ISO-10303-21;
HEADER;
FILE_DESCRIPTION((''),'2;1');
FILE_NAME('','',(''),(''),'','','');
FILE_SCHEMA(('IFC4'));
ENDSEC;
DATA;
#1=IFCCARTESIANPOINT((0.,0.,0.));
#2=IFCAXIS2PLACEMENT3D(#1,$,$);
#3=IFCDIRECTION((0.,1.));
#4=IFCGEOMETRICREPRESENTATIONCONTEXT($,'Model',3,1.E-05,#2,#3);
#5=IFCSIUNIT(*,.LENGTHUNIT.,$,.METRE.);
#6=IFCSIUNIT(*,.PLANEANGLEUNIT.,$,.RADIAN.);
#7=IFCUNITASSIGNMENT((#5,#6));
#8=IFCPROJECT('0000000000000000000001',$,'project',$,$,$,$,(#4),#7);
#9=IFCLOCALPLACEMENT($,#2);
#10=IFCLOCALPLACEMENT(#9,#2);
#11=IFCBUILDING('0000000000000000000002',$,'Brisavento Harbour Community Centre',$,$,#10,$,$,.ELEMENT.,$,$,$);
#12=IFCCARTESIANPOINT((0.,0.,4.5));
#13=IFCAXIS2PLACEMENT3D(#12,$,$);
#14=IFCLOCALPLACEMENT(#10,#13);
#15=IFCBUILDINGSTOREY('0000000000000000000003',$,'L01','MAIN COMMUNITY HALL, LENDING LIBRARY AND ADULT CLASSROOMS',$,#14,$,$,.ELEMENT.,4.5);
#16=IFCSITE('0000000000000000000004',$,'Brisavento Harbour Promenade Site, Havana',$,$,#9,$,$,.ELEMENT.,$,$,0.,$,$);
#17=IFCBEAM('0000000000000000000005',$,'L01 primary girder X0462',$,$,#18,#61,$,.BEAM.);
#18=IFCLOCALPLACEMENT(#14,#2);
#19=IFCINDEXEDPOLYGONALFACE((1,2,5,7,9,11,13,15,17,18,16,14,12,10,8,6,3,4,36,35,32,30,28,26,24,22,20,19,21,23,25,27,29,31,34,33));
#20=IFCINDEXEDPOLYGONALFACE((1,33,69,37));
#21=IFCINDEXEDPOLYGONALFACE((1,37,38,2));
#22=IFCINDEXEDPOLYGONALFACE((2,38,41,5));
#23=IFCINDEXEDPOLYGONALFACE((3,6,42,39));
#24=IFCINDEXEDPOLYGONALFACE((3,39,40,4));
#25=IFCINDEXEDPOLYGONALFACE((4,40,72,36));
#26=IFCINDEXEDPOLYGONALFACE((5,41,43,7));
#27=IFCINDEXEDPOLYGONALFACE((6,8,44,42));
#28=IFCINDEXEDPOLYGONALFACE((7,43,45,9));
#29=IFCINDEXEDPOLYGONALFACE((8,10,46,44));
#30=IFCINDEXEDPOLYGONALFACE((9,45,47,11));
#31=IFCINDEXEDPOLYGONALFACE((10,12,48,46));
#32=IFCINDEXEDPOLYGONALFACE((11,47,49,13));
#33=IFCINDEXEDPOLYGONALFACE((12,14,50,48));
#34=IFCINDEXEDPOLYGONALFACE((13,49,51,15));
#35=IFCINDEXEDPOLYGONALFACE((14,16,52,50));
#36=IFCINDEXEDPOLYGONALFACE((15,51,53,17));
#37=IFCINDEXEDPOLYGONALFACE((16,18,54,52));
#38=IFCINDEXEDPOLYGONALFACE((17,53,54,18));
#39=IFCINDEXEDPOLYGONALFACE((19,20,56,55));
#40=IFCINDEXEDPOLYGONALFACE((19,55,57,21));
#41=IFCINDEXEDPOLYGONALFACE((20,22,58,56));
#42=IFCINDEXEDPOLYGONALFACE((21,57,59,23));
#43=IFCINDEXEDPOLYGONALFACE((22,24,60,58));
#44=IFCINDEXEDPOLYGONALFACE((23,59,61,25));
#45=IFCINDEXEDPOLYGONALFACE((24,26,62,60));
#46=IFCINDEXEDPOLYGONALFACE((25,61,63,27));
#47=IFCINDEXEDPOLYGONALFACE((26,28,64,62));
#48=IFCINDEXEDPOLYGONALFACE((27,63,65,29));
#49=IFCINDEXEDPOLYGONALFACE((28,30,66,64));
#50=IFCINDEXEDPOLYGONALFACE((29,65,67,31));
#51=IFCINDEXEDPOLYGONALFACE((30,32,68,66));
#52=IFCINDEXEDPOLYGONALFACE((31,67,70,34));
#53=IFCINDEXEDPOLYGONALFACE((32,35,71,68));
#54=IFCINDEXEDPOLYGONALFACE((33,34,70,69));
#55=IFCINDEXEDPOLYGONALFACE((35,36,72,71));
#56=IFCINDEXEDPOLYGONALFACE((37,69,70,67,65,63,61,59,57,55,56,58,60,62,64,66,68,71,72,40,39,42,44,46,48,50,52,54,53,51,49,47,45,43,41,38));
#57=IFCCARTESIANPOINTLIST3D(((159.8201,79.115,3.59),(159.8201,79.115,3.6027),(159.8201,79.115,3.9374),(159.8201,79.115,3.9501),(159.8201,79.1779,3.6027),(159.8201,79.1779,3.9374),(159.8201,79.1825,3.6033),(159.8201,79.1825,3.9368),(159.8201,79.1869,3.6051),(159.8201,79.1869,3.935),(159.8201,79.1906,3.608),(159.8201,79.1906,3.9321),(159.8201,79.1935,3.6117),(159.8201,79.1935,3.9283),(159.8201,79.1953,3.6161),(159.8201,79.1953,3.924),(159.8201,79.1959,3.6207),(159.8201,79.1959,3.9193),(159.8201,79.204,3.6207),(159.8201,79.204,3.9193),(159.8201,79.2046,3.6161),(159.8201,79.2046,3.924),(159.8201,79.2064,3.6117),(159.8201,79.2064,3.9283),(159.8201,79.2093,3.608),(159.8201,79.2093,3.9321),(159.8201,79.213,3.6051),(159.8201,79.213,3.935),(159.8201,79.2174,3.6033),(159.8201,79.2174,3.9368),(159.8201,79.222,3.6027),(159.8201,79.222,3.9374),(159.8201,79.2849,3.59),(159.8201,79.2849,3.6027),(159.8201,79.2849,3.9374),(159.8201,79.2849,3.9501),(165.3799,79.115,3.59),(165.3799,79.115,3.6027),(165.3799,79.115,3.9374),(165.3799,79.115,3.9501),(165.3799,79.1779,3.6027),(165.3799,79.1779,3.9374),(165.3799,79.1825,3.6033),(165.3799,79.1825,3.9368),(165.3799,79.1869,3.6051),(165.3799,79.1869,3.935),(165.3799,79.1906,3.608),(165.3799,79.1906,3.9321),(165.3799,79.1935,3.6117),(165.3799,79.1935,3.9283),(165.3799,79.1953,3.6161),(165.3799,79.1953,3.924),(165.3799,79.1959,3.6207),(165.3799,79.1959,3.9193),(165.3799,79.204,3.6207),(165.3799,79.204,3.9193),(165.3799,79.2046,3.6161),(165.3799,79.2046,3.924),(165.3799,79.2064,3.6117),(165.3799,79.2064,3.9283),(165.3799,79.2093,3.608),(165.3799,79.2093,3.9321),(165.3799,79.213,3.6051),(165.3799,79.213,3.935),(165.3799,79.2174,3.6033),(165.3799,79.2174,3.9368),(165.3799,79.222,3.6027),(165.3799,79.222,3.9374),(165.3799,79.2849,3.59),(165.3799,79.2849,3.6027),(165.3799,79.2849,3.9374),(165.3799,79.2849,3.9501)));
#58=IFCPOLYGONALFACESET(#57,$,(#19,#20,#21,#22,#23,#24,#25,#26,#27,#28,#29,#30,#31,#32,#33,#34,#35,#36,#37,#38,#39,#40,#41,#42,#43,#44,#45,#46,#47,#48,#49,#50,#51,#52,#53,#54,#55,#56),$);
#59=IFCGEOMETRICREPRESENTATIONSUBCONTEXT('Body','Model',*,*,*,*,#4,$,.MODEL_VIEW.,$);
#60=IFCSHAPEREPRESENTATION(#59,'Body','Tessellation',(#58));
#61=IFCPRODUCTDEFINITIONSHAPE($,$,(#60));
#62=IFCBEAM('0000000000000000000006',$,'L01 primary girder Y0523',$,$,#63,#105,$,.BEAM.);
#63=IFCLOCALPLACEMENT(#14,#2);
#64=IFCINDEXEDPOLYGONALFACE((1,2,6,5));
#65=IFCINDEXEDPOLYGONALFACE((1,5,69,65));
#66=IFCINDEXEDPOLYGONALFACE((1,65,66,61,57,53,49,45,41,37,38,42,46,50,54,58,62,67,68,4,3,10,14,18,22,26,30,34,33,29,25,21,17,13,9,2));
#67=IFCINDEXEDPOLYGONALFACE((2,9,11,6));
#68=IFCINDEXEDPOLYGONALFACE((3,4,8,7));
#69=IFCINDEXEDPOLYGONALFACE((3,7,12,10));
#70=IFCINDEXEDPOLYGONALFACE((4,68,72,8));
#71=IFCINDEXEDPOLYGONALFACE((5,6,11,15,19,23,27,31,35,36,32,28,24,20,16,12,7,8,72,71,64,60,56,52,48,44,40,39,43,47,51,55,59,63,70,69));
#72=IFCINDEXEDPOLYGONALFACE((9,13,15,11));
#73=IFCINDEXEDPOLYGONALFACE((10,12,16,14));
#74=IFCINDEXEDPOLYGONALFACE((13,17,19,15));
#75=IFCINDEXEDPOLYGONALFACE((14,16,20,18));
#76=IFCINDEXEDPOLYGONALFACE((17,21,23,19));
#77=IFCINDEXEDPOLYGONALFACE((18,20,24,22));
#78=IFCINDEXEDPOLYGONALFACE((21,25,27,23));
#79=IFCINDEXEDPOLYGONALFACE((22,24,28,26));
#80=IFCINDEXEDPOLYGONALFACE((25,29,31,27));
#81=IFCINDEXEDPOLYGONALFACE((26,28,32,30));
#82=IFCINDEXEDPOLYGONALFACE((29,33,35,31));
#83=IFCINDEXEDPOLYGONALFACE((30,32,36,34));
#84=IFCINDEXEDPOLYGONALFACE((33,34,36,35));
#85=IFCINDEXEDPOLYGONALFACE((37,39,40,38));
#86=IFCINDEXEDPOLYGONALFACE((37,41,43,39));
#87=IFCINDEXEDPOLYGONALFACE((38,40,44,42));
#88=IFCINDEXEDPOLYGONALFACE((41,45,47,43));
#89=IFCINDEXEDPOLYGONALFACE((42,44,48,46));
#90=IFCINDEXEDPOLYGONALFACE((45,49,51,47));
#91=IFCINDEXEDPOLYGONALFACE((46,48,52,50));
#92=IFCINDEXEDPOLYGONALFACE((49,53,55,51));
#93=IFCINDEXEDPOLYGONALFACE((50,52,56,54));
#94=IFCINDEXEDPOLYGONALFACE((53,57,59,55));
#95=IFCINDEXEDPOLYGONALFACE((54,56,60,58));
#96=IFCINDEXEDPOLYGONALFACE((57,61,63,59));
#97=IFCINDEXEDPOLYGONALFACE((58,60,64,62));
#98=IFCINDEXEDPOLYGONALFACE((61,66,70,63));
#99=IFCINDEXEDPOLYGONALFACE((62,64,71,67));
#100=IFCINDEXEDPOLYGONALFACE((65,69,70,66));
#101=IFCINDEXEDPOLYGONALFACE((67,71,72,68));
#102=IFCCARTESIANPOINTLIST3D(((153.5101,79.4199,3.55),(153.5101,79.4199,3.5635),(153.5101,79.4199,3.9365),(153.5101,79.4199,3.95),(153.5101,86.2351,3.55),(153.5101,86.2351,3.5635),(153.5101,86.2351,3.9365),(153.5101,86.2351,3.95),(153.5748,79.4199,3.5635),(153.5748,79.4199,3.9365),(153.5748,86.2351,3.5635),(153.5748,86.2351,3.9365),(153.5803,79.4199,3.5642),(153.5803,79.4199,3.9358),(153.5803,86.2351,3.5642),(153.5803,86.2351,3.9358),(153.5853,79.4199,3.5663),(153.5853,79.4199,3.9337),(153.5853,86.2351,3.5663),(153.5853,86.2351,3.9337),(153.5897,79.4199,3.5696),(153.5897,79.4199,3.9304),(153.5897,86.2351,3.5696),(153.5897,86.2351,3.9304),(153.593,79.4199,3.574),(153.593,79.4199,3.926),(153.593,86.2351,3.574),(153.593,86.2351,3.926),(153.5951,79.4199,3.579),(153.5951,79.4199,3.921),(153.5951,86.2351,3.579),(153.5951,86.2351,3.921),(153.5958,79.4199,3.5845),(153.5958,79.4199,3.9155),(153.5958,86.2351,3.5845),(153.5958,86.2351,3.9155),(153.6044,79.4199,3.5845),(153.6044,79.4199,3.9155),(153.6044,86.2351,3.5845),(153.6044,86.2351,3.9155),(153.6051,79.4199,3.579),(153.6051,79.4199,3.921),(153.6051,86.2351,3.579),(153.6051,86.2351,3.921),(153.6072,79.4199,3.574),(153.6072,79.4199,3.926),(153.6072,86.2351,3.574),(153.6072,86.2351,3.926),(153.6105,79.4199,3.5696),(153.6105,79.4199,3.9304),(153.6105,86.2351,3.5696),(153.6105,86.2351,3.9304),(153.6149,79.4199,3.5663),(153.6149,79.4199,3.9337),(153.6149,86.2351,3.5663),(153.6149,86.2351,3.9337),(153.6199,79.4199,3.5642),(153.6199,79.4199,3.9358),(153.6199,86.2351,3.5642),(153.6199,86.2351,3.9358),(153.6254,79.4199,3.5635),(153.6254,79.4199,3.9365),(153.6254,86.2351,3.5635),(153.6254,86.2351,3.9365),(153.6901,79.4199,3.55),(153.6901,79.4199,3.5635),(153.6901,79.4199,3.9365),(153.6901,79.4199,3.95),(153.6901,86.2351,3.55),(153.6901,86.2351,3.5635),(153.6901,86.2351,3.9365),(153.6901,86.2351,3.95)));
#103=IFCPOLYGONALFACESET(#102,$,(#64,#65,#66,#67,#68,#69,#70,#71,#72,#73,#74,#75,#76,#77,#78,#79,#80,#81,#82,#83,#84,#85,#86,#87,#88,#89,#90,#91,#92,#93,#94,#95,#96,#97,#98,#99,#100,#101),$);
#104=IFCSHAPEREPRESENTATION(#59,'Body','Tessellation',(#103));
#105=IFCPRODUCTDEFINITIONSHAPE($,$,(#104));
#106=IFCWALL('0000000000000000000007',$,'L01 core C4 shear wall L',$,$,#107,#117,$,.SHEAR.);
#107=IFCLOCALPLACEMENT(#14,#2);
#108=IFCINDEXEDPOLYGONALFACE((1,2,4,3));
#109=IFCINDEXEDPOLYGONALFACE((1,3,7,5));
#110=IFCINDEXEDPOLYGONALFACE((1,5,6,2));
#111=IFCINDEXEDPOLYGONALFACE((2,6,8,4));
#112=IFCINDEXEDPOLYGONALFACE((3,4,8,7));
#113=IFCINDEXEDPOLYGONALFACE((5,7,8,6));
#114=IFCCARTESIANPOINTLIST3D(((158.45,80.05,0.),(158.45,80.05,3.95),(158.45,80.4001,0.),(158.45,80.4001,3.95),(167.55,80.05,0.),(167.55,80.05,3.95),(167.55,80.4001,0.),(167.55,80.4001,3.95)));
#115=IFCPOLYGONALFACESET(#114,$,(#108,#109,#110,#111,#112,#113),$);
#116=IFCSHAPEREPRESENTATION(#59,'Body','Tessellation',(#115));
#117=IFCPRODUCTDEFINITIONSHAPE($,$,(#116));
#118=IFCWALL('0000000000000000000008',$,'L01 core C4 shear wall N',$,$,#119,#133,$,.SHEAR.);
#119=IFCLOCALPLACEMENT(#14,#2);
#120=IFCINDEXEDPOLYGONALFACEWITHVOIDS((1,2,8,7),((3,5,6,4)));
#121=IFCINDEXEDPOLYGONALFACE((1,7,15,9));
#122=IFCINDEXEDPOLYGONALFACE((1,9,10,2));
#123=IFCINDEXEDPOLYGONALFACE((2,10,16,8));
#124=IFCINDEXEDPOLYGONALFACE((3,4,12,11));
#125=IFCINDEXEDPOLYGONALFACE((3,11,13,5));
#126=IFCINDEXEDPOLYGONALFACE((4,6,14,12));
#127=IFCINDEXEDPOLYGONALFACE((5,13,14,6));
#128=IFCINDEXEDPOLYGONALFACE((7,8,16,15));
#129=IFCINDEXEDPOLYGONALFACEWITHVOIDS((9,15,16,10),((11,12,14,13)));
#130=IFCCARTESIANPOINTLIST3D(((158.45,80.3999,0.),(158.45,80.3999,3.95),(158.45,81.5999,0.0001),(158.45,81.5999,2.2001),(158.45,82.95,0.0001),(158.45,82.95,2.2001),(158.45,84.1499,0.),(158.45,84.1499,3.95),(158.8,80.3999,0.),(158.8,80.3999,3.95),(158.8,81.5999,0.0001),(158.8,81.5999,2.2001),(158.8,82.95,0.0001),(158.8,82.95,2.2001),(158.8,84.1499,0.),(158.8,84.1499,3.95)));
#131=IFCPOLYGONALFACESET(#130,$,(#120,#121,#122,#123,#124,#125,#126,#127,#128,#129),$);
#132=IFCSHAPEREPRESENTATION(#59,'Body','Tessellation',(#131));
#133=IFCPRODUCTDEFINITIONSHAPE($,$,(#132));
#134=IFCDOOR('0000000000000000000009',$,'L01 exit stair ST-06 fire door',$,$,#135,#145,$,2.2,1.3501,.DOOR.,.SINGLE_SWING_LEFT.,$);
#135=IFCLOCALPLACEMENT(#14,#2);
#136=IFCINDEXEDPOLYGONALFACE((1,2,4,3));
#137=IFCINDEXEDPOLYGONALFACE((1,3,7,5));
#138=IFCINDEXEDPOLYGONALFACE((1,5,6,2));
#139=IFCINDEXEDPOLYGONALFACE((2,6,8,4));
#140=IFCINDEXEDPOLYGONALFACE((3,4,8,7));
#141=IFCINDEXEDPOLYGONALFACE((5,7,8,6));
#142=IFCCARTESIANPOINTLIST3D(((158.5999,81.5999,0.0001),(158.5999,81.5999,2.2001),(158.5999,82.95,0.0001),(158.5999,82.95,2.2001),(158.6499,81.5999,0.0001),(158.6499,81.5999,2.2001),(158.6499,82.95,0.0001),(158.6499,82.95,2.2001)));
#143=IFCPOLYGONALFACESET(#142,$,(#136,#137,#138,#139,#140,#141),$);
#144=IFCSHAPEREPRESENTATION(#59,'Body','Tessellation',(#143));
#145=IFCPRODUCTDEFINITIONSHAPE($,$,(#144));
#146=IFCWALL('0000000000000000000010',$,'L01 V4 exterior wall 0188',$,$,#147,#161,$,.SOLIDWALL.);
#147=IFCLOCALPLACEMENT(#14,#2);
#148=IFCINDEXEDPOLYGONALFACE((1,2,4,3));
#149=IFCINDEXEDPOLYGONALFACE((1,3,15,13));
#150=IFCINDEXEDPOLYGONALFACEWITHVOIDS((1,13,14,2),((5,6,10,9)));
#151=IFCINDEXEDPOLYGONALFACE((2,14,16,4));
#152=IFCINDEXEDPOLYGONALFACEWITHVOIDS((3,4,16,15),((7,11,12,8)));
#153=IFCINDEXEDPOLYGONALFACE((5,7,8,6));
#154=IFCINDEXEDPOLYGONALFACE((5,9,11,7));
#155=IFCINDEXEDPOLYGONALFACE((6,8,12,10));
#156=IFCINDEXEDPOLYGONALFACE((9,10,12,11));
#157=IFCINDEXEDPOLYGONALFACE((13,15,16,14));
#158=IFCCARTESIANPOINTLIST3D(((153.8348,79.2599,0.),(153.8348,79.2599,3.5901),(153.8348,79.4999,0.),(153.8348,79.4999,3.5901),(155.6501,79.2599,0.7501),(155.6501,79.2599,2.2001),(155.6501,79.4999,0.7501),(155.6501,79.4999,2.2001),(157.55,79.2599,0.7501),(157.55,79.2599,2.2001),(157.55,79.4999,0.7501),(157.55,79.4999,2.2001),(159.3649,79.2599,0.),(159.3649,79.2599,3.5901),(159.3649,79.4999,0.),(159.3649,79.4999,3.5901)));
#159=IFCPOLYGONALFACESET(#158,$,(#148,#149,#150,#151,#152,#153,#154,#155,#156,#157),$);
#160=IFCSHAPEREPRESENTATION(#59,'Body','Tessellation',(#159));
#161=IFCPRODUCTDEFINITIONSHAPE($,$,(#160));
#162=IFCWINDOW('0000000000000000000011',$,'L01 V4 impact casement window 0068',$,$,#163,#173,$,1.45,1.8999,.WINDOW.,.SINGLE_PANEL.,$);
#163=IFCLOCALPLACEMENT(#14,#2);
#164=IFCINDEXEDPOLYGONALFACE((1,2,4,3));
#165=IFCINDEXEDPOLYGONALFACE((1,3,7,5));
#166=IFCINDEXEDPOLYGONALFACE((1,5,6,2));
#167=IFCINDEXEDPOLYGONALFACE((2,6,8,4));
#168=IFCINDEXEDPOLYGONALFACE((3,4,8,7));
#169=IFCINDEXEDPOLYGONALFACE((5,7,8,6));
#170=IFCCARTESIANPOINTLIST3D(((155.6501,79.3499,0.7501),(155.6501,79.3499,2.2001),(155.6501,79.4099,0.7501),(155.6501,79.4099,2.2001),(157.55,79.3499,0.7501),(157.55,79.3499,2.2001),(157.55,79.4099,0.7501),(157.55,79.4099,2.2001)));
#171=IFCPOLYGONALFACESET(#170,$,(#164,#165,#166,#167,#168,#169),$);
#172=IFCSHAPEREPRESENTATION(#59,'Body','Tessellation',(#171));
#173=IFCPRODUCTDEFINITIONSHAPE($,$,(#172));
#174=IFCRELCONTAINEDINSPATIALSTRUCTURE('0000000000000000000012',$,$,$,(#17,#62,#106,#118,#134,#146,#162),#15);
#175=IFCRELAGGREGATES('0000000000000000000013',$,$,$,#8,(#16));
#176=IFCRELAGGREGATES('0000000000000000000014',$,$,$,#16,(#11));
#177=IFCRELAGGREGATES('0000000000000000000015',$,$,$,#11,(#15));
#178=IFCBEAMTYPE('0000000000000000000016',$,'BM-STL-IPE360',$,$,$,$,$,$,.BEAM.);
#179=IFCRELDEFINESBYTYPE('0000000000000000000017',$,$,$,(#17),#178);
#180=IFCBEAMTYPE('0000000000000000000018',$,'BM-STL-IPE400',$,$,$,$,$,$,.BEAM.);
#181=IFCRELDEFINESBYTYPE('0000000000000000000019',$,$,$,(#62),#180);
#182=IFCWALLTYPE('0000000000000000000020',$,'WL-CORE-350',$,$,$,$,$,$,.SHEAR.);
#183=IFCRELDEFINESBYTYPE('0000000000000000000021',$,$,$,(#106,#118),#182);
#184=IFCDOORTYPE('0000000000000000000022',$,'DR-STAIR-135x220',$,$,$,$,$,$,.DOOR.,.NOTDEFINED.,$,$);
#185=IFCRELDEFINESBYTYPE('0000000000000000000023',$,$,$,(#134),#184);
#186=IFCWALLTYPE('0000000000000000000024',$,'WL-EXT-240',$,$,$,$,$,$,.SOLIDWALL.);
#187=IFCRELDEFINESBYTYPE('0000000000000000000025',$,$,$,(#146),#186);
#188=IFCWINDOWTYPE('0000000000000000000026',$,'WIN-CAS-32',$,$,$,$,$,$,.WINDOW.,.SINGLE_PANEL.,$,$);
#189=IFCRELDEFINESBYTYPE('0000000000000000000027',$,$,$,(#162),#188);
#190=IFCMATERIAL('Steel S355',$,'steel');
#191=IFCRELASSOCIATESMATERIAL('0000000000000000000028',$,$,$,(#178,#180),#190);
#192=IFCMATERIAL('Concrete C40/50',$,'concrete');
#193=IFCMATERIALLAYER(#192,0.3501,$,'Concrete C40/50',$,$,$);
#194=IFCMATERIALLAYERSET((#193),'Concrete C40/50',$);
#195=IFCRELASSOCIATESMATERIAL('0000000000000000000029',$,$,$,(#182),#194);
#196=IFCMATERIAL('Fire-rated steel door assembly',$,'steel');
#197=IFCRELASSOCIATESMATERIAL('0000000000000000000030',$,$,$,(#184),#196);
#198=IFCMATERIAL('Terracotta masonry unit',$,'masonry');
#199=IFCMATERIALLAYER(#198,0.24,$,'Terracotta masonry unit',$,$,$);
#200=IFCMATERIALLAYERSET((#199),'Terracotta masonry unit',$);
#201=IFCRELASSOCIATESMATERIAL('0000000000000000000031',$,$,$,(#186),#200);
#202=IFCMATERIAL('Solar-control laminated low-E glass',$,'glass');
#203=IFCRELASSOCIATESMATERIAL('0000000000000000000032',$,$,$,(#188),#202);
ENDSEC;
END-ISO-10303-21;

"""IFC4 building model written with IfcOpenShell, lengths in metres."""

from ifc_helpers import new_model, si_unit, direction, frame, frame_2d, origin, origin_2d, place, context, subcontext, project, spatial, rectangle, i_section, extrude, material, layer, layer_set, material_profile, profile_set, type_object, element, fill, save


model = new_model("IFC4")

# Units and contexts
model_context = context("Model", 3, precision=1e-05, world=origin(), true_north=direction((0.0, 1.0)))
body_context = subcontext(model_context, "Body", "Model", "MODEL_VIEW")
ifc_project = project(units=[si_unit("LENGTHUNIT", "METRE"), si_unit("PLANEANGLEUNIT", "RADIAN")], contexts=[model_context])

# Site, building, storey
site_placement = place(None, origin())
site = spatial("IfcSite", under=ifc_project, at=site_placement, Name="Brisavento Harbour Promenade Site, Havana", CompositionType="ELEMENT", RefElevation=0.0)
building_placement = place(site_placement, origin())
building = spatial("IfcBuilding", under=site, at=building_placement, Name="Brisavento Harbour Community Centre", CompositionType="ELEMENT")
storey_placement = place(building_placement, frame((0.0, 0.0, 4.5)))
storey = spatial("IfcBuildingStorey", under=building, at=storey_placement, Name="L01", Description="MAIN COMMUNITY HALL, LENDING LIBRARY AND ADULT CLASSROOMS", CompositionType="ELEMENT", Elevation=4.5)

# Beams
ifc_material_1 = material(Name="Steel S355", Category="steel")
ifc_material_profile_1 = material_profile(ifc_material_1, i_section(OverallWidth=0.1699, OverallDepth=0.3601, WebThickness=0.0081, FlangeThickness=0.0127, FilletRadius=0.0181, at=origin_2d()), Name="Steel S355")
ifc_profile_set_1 = profile_set([ifc_material_profile_1], Name="Steel S355")
beam_type_1 = type_object("IfcBeamType", Name="BM-STL-IPE360", PredefinedType="BEAM", material=ifc_profile_set_1)
for number, where, z_axis, x_axis, name in (
    (1, (159.8201, 79.2, 3.77), (1.0, 0.0, 0.0), (0.0, 1.0, 0.0), "L01 primary girder X0462"),
):
    element("IfcBeam", number, at=place(storey_placement, frame(where, z_axis=z_axis, x_axis=x_axis)), inside=storey, type_object=beam_type_1, Name=name, PredefinedType="BEAM", context=body_context, shape_type="SweptSolid", body=[
        extrude(i_section(OverallWidth=0.1699, OverallDepth=0.3601, WebThickness=0.0081, FlangeThickness=0.0127, FilletRadius=0.0181, at=origin_2d()), origin(), (0.0, 0.0, 1.0), 5.5598),
    ])
ifc_material_profile_2 = material_profile(ifc_material_1, i_section(OverallWidth=0.1799, OverallDepth=0.3999, WebThickness=0.0085, FlangeThickness=0.0134, FilletRadius=0.021, at=origin_2d()), Name="Steel S355")
ifc_profile_set_2 = profile_set([ifc_material_profile_2], Name="Steel S355")
beam_type_2 = type_object("IfcBeamType", Name="BM-STL-IPE400", PredefinedType="BEAM", material=ifc_profile_set_2)
beam_1_placement = place(storey_placement, frame((153.6001, 79.4199, 3.75), z_axis=(0.0, 1.0, 0.0), x_axis=(-1.0, 0.0, 0.0)))
element("IfcBeam", 2, at=beam_1_placement, inside=storey, type_object=beam_type_2, Name="L01 primary girder Y0523", PredefinedType="BEAM", context=body_context, shape_type="SweptSolid", body=[
    extrude(i_section(OverallWidth=0.1799, OverallDepth=0.3999, WebThickness=0.0085, FlangeThickness=0.0134, FilletRadius=0.021, at=origin_2d()), origin(), (0.0, 0.0, 1.0), 6.8152),
])

# Wall
ifc_material_2 = material(Name="Concrete C40/50", Category="concrete")
ifc_layer_1 = layer(ifc_material_2, 0.3501, Name="Concrete C40/50")
ifc_layer_set_1 = layer_set([ifc_layer_1], Name="Concrete C40/50")
wall_type_1 = type_object("IfcWallType", Name="WL-CORE-350", PredefinedType="SHEAR", material=ifc_layer_set_1)
wall_1_placement = place(storey_placement, frame((158.45, 80.2251, 0.0), z_axis=(0.0, 0.0, 1.0), x_axis=(1.0, 0.0, 0.0)))
element("IfcWall", 3, at=wall_1_placement, inside=storey, type_object=wall_type_1, Name="L01 core C4 shear wall L", PredefinedType="SHEAR", context=body_context, shape_type="SweptSolid", body=[
    extrude(rectangle(XDim=9.1001, YDim=0.3501, at=frame_2d((4.55, 0.0))), origin(), (0.0, 0.0, 1.0), 3.95),
])

# Wall, opening, door
wall_2_placement = place(storey_placement, frame((158.625, 84.1499, 0.0), z_axis=(0.0, 0.0, 1.0), x_axis=(0.0, -1.0, 0.0)))
wall_2 = element("IfcWall", 4, at=wall_2_placement, inside=storey, type_object=wall_type_1, Name="L01 core C4 shear wall N", PredefinedType="SHEAR", context=body_context, shape_type="SweptSolid", body=[
    extrude(rectangle(XDim=3.75, YDim=0.3501, at=frame_2d((1.875, 0.0))), origin(), (0.0, 0.0, 1.0), 3.95),
])
opening_1_placement = place(wall_2_placement, frame((1.2, 0.0, 0.0)))
opening_1 = element("IfcOpeningElement", 5, at=opening_1_placement, cuts=wall_2, PredefinedType="OPENING", context=body_context, shape_type="SweptSolid", body=[
    extrude(rectangle(XDim=1.3501, YDim=2.2, at=frame_2d((0.675, 1.1001))), frame((0.0, 0.1851, 0.0), z_axis=(0.0, -1.0, 0.0), x_axis=(1.0, 0.0, 0.0)), (0.0, 0.0, 1.0), 0.3701),
])
ifc_material_3 = material(Name="Fire-rated steel door assembly", Category="steel")
door_type_1 = type_object("IfcDoorType", Name="DR-STAIR-135x220", OperationType="NOTDEFINED", PredefinedType="DOOR", material=ifc_material_3)
door_1_placement = place(opening_1_placement, origin())
door_1 = element("IfcDoor", 6, at=door_1_placement, inside=storey, type_object=door_type_1, Name="L01 exit stair ST-06 fire door", OperationType="SINGLE_SWING_LEFT", OverallHeight=2.2, OverallWidth=1.3501, PredefinedType="DOOR", context=body_context, shape_type="SweptSolid", body=[
    extrude(rectangle(XDim=1.3501, YDim=2.2, at=frame_2d((0.675, 1.1001))), frame((0.0, 0.0249, 0.0), z_axis=(0.0, -1.0, 0.0), x_axis=(1.0, 0.0, 0.0)), (0.0, 0.0, 1.0), 0.05),
])
fill(opening_1, door_1)

# Wall, opening, window
ifc_material_4 = material(Name="Terracotta masonry unit", Category="masonry")
ifc_layer_2 = layer(ifc_material_4, 0.24, Name="Terracotta masonry unit")
ifc_layer_set_2 = layer_set([ifc_layer_2], Name="Terracotta masonry unit")
wall_type_2 = type_object("IfcWallType", Name="WL-EXT-240", PredefinedType="SOLIDWALL", material=ifc_layer_set_2)
wall_3_placement = place(storey_placement, frame((159.365, 79.3799, 0.0), z_axis=(0.0, 0.0, 1.0), x_axis=(-1.0, 0.0, 0.0)))
wall_3 = element("IfcWall", 7, at=wall_3_placement, inside=storey, type_object=wall_type_2, Name="L01 V4 exterior wall 0188", PredefinedType="SOLIDWALL", context=body_context, shape_type="SweptSolid", body=[
    extrude(rectangle(XDim=5.53, YDim=0.24, at=frame_2d((2.7651, 0.0))), origin(), (0.0, 0.0, 1.0), 3.5901),
])
opening_2_placement = place(wall_3_placement, frame((1.8149, 0.0, 0.75)))
opening_2 = element("IfcOpeningElement", 8, at=opening_2_placement, cuts=wall_3, PredefinedType="OPENING", context=body_context, shape_type="SweptSolid", body=[
    extrude(rectangle(XDim=1.8999, YDim=1.45, at=frame_2d((0.95, 0.7251))), frame((0.0, 0.1299, 0.0), z_axis=(0.0, -1.0, 0.0), x_axis=(1.0, 0.0, 0.0)), (0.0, 0.0, 1.0), 0.26),
])
ifc_material_5 = material(Name="Solar-control laminated low-E glass", Category="glass")
window_type_1 = type_object("IfcWindowType", Name="WIN-CAS-32", PartitioningType="SINGLE_PANEL", PredefinedType="WINDOW", material=ifc_material_5)
window_1_placement = place(opening_2_placement, origin())
window_1 = element("IfcWindow", 9, at=window_1_placement, inside=storey, type_object=window_type_1, Name="L01 V4 impact casement window 0068", OverallHeight=1.45, OverallWidth=1.8999, PartitioningType="SINGLE_PANEL", PredefinedType="WINDOW", context=body_context, shape_type="SweptSolid", body=[
    extrude(rectangle(XDim=1.8999, YDim=1.45, at=frame_2d((0.95, 0.7251))), frame((0.0, 0.03, 0.0), z_axis=(0.0, -1.0, 0.0), x_axis=(1.0, 0.0, 0.0)), (0.0, 0.0, 1.0), 0.0601),
])
fill(opening_2, window_1)

save(model, "model.ifc")
